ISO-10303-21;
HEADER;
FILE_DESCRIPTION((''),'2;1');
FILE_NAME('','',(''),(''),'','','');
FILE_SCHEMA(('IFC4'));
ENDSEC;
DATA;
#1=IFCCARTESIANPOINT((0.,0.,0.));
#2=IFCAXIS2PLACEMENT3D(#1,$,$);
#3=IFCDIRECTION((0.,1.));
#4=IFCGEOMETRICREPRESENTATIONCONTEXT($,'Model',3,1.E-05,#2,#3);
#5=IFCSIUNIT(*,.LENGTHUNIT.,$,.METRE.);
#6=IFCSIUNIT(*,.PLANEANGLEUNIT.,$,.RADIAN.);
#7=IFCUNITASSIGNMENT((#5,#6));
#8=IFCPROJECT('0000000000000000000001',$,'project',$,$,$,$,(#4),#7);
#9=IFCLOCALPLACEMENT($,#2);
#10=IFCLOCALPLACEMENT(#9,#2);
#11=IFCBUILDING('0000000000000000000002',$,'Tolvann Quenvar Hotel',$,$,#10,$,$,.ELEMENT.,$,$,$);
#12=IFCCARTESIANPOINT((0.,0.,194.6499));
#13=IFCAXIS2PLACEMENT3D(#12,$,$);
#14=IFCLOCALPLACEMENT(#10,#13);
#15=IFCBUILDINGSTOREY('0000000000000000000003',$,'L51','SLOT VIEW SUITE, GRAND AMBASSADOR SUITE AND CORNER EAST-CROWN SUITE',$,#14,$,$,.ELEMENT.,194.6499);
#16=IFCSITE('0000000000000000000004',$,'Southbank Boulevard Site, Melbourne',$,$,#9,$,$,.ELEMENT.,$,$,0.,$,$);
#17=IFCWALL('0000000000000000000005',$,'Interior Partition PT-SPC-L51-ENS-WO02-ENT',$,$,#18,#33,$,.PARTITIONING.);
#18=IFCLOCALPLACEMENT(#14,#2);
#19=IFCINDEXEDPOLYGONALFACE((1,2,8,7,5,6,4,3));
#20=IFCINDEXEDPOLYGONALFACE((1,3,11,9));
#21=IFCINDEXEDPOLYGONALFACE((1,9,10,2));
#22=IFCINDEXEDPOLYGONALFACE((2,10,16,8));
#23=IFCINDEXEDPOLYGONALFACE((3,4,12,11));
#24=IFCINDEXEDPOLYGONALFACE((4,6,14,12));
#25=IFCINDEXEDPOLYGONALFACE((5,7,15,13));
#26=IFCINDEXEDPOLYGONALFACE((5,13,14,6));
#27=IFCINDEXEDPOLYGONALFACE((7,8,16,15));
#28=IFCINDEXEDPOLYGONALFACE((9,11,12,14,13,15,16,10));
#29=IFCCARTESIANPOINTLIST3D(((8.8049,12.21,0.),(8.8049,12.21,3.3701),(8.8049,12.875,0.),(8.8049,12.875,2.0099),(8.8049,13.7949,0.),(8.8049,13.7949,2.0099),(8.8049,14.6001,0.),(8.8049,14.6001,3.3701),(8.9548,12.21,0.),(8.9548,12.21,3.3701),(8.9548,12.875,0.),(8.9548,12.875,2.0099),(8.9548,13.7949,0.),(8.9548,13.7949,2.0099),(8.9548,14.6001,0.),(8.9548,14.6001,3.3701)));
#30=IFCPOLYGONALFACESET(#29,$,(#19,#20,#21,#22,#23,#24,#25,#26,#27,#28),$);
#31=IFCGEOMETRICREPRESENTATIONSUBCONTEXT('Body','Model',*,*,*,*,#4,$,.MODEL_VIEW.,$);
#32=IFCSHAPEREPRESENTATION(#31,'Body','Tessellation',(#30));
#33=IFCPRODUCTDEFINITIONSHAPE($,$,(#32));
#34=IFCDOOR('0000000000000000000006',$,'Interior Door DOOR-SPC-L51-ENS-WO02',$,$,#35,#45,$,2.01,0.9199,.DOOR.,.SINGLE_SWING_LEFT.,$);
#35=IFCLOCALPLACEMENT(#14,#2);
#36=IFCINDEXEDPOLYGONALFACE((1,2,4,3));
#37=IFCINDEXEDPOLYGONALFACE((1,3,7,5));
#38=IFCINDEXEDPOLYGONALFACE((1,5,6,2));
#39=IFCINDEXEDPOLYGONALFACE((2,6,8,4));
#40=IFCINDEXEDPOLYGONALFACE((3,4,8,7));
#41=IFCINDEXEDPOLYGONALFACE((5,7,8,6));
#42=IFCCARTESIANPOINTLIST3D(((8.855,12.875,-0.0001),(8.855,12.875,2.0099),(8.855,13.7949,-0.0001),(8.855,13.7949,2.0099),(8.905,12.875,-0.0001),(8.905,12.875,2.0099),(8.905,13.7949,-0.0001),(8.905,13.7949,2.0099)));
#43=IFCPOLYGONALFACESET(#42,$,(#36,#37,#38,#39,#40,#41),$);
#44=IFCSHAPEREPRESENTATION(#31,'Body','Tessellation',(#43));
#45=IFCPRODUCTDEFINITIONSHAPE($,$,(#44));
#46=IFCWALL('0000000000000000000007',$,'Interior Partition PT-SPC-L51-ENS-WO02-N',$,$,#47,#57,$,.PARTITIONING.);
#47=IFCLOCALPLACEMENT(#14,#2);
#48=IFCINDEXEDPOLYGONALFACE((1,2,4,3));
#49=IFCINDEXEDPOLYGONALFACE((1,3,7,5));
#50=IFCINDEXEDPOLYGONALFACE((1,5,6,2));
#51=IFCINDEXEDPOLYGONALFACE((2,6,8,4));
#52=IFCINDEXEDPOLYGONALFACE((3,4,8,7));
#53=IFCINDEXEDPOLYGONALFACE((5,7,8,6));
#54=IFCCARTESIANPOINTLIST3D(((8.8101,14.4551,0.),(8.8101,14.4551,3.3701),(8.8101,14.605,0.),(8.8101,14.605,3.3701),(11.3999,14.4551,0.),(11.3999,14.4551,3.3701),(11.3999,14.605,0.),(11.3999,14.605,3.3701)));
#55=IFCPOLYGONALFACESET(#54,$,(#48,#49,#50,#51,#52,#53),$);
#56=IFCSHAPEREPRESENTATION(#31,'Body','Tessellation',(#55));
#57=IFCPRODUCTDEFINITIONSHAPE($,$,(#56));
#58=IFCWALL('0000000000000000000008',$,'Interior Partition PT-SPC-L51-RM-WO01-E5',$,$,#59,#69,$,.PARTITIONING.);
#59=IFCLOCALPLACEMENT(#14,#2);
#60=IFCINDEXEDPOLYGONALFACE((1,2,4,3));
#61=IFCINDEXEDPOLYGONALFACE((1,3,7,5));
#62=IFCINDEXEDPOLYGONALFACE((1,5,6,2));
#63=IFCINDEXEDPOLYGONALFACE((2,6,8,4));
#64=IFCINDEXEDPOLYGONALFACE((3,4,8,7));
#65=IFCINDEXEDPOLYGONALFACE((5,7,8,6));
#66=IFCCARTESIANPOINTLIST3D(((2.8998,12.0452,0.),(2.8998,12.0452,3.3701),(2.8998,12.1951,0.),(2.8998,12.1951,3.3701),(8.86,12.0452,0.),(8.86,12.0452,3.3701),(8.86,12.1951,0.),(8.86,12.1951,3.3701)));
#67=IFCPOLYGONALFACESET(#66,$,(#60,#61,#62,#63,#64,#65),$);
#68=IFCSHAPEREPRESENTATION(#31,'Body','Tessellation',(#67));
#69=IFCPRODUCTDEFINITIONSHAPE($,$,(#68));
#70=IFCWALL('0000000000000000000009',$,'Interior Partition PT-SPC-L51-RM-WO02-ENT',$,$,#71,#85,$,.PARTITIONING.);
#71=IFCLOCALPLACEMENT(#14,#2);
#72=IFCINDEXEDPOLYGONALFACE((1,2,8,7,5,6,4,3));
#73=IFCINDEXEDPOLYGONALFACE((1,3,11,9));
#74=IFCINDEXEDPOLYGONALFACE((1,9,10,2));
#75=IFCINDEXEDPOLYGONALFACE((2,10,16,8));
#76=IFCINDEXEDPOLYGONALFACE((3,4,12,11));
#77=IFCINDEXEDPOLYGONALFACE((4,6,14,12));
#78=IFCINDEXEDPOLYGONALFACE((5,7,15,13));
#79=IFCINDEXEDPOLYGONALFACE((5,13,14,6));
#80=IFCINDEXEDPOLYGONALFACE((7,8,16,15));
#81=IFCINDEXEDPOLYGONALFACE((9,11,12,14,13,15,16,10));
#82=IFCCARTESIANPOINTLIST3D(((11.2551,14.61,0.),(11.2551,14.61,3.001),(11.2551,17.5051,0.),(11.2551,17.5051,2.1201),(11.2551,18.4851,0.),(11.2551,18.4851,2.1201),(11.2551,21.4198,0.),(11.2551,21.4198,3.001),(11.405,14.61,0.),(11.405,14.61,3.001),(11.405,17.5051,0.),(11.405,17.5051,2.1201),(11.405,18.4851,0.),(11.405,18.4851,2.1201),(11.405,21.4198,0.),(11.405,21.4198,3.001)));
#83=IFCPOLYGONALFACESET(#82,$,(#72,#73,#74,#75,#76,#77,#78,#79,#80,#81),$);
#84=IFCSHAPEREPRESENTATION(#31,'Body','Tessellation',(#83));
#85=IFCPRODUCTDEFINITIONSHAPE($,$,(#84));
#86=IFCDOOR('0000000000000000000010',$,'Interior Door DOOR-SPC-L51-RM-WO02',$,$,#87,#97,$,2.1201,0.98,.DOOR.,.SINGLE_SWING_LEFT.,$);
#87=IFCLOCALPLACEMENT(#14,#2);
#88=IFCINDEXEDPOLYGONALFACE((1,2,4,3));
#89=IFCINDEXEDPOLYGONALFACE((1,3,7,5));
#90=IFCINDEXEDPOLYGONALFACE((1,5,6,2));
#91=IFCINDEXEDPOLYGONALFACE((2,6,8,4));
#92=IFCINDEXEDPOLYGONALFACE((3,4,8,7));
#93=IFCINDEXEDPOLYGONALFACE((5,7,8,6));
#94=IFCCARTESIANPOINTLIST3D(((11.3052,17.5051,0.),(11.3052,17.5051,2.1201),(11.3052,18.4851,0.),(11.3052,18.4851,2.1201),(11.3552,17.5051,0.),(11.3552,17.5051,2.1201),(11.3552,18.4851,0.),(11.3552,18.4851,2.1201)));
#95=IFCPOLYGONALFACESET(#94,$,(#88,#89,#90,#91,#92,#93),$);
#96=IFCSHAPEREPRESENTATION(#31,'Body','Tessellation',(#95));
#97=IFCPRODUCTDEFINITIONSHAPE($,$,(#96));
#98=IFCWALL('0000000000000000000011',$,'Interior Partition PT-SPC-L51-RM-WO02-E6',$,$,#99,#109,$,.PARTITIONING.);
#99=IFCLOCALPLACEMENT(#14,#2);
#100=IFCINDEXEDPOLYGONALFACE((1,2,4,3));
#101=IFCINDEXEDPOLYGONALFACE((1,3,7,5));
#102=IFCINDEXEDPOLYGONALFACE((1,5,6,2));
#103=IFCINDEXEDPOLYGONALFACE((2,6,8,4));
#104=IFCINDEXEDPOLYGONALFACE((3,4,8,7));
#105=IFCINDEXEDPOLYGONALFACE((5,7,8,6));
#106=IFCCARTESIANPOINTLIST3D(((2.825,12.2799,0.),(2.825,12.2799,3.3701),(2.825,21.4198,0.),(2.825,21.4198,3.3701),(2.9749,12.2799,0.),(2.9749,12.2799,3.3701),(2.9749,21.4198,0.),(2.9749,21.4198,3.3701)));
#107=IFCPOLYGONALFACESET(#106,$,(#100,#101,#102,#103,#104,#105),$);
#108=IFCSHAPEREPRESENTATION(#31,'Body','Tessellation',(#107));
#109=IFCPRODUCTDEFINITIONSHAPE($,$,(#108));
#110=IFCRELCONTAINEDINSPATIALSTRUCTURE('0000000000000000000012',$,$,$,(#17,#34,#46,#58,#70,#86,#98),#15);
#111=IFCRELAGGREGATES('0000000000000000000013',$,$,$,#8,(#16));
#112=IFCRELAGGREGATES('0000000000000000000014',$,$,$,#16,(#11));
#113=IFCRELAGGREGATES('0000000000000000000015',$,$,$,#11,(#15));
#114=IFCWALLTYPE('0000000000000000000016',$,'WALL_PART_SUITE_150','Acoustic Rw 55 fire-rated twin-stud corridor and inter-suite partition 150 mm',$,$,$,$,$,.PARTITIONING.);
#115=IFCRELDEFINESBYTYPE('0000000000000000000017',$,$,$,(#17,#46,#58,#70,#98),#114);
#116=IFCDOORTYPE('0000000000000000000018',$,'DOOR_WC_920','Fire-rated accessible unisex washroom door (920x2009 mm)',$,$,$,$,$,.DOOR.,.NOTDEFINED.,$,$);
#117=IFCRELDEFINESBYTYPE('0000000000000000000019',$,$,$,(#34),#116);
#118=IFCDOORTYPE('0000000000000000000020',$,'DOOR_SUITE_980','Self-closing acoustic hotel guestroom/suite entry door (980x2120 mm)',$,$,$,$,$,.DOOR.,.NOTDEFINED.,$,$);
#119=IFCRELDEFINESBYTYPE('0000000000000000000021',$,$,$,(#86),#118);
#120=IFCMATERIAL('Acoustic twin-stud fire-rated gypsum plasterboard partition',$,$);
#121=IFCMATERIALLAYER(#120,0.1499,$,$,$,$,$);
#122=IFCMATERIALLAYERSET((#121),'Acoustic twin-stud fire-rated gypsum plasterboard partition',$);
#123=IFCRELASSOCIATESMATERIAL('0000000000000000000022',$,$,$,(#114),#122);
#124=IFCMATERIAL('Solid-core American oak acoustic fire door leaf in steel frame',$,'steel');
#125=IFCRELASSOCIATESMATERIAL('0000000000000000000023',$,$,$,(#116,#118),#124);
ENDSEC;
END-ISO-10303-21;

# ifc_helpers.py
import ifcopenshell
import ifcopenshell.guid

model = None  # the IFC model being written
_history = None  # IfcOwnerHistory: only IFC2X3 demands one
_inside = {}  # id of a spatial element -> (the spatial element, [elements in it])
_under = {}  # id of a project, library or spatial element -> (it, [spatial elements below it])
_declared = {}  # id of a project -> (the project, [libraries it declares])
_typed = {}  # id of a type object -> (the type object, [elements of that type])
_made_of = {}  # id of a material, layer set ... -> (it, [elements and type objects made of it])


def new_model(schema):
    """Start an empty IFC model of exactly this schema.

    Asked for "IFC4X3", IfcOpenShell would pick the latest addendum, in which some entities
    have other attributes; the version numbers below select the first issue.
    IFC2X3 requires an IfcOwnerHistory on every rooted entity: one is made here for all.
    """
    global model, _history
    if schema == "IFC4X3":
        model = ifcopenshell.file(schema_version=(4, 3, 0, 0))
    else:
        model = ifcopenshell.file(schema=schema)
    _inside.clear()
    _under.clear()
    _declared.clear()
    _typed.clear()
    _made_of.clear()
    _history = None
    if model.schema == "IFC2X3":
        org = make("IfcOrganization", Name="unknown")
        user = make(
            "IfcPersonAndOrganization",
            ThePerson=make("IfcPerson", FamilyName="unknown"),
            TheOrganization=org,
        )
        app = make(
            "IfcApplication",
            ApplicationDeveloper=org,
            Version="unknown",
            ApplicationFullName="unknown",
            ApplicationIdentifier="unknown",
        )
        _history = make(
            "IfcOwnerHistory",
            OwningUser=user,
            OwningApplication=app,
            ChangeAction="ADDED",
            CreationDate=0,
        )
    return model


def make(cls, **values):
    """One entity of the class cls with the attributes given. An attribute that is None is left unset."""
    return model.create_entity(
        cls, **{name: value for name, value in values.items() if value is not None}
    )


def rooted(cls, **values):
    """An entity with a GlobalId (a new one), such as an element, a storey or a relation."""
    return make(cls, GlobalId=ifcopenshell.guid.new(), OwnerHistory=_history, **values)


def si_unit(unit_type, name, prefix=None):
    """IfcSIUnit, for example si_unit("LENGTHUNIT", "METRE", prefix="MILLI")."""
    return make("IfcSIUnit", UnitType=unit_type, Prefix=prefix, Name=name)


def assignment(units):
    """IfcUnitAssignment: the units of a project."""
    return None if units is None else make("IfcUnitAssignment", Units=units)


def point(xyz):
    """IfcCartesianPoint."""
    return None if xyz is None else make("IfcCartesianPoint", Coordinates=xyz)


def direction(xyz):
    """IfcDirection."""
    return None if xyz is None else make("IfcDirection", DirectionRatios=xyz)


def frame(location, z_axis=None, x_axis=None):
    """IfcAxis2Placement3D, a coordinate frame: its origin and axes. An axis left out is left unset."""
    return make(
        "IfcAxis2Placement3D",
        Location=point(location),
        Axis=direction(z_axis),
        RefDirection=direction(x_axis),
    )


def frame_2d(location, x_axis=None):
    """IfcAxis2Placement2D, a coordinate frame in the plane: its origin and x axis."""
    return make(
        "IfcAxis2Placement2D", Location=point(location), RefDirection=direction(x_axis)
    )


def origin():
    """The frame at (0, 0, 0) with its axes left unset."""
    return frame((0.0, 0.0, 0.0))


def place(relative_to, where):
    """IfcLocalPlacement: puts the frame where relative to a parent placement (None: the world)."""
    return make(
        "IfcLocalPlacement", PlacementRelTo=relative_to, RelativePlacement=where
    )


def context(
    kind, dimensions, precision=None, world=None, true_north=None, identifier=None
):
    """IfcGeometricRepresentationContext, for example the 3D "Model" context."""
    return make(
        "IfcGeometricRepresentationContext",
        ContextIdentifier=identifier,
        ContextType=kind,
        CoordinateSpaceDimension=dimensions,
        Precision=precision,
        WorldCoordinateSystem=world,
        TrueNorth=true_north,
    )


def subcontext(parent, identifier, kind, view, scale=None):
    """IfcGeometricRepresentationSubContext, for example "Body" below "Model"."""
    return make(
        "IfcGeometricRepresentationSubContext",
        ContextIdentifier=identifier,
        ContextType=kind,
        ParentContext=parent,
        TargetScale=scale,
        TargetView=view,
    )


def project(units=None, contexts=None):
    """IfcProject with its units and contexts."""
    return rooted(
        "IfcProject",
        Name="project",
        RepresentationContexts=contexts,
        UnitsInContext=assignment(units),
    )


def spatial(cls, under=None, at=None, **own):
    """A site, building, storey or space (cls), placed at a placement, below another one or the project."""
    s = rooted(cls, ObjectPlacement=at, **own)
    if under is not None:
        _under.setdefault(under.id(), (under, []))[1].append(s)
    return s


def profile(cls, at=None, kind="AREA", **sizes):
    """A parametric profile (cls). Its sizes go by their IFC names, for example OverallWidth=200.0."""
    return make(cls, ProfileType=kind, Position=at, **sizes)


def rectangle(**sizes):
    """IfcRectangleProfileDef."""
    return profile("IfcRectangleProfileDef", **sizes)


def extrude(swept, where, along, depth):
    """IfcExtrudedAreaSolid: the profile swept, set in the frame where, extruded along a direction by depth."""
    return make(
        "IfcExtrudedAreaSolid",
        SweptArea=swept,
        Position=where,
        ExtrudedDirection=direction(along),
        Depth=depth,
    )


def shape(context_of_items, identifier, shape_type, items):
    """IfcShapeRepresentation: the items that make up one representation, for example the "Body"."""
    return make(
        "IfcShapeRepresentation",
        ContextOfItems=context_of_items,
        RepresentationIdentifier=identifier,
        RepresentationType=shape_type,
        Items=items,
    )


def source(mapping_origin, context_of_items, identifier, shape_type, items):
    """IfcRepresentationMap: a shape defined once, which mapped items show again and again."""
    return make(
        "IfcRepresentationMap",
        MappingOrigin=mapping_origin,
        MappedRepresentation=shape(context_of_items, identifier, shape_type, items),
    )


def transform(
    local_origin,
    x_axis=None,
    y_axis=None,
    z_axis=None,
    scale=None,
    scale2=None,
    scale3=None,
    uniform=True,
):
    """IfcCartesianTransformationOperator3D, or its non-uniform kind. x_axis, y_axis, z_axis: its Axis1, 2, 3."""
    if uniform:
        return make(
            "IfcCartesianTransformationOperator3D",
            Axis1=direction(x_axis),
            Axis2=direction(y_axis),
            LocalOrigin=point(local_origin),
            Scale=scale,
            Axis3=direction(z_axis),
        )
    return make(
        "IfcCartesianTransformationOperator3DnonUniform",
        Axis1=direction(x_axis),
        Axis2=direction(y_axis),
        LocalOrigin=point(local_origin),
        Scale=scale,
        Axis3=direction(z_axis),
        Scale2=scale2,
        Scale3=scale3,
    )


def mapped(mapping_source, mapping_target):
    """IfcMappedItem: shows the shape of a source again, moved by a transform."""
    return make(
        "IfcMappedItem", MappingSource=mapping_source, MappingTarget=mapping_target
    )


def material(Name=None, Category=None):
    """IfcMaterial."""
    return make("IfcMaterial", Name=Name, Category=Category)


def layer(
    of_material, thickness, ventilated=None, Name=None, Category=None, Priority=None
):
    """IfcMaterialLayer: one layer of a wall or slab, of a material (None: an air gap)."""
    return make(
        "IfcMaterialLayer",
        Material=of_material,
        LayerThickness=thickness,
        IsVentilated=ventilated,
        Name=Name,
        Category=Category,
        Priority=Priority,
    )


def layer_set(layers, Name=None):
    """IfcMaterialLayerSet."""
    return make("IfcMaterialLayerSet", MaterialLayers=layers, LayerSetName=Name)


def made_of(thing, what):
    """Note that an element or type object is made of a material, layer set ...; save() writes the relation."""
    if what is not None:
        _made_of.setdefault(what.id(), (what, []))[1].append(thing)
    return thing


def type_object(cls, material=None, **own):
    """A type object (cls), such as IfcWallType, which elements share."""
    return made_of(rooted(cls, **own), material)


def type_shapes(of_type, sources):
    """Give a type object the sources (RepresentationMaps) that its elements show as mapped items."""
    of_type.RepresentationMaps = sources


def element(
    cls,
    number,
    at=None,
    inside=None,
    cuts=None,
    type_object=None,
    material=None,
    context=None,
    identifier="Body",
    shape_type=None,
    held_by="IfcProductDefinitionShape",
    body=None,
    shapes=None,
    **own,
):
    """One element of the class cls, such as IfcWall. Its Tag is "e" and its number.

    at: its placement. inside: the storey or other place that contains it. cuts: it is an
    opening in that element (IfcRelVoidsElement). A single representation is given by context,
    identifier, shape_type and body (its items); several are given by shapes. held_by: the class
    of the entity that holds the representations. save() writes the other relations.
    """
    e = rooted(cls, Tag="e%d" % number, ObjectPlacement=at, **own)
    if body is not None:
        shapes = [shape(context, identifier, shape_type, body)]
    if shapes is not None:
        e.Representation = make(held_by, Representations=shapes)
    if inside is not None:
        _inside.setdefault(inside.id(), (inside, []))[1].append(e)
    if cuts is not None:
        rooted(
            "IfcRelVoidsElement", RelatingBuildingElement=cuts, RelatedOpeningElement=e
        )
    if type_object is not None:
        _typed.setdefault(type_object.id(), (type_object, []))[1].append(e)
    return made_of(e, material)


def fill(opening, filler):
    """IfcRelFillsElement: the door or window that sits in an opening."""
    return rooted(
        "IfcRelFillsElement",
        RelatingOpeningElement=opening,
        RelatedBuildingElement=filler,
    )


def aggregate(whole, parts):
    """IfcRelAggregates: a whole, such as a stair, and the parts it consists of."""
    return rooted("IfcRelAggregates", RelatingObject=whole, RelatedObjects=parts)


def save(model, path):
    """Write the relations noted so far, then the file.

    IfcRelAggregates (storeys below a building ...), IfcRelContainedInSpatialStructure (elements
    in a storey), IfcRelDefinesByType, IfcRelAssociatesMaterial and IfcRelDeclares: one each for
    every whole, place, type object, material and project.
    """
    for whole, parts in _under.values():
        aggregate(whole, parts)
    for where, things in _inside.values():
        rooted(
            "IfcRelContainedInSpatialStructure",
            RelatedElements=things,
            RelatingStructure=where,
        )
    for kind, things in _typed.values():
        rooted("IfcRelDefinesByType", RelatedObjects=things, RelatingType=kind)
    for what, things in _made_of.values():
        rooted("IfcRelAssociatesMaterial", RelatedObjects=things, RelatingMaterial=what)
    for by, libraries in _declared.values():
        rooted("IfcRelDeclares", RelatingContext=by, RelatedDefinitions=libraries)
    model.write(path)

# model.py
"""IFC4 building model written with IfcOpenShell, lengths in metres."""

from ifc_helpers import new_model, si_unit, direction, frame, frame_2d, origin, place, context, subcontext, project, spatial, rectangle, extrude, source, transform, mapped, material, layer, layer_set, type_object, type_shapes, element, fill, save


model = new_model("IFC4")

# Units and contexts
model_context = context("Model", 3, precision=1e-05, world=origin(), true_north=direction((0.0, 1.0)))
body_context = subcontext(model_context, "Body", "Model", "MODEL_VIEW")
ifc_project = project(units=[si_unit("LENGTHUNIT", "METRE"), si_unit("PLANEANGLEUNIT", "RADIAN")], contexts=[model_context])

# Site, building, storey
site_placement = place(None, origin())
site = spatial("IfcSite", under=ifc_project, at=site_placement, Name="Southbank Boulevard Site, Melbourne", CompositionType="ELEMENT", RefElevation=0.0)
building_placement = place(site_placement, origin())
building = spatial("IfcBuilding", under=site, at=building_placement, Name="Tolvann Quenvar Hotel", CompositionType="ELEMENT")
storey_placement = place(building_placement, frame((0.0, 0.0, 194.6499)))
storey = spatial("IfcBuildingStorey", under=building, at=storey_placement, Name="L51", Description="SLOT VIEW SUITE, GRAND AMBASSADOR SUITE AND CORNER EAST-CROWN SUITE", CompositionType="ELEMENT", Elevation=194.6499)

# Shared definitions
ifc_material_1 = material(Name="Acoustic twin-stud fire-rated gypsum plasterboard partition")
ifc_layer_1 = layer(ifc_material_1, 0.1499)
ifc_layer_set_1 = layer_set([ifc_layer_1], Name="Acoustic twin-stud fire-rated gypsum plasterboard partition")
wall_type_1 = type_object("IfcWallType", Name="WALL_PART_SUITE_150", Description="Acoustic Rw 55 fire-rated twin-stud corridor and inter-suite partition 150 mm", PredefinedType="PARTITIONING", material=ifc_layer_set_1)

# Wall, opening, door
wall_1_placement = place(storey_placement, frame((8.8799, 12.21, 0.0), z_axis=(0.0, 0.0, 1.0), x_axis=(0.0, 1.0, 0.0)))
wall_1 = element("IfcWall", 1, at=wall_1_placement, inside=storey, type_object=wall_type_1, Name="Interior Partition PT-SPC-L51-ENS-WO02-ENT", PredefinedType="PARTITIONING", context=body_context, shape_type="SweptSolid", body=[
    extrude(rectangle(XDim=2.3901, YDim=0.1499, at=frame_2d((1.1951, 0.0))), origin(), (0.0, 0.0, 1.0), 3.3701),
])
opening_1_placement = place(wall_1_placement, frame((0.665, 0.0, 0.0)))
opening_1 = element("IfcOpeningElement", 2, at=opening_1_placement, cuts=wall_1, PredefinedType="OPENING", context=body_context, shape_type="SweptSolid", body=[
    extrude(rectangle(XDim=0.9199, YDim=2.01, at=frame_2d((0.46, 1.0049))), frame((0.0, 0.085, 0.0), z_axis=(0.0, -1.0, 0.0), x_axis=(1.0, 0.0, 0.0)), (0.0, 0.0, 1.0), 0.1699),
])
ifc_material_2 = material(Name="Solid-core American oak acoustic fire door leaf in steel frame", Category="steel")
door_type_1 = type_object("IfcDoorType", Name="DOOR_WC_920", Description="Fire-rated accessible unisex washroom door (920x2009 mm)", OperationType="NOTDEFINED", PredefinedType="DOOR", material=ifc_material_2)
shared_shape_1 = source(origin(), body_context, "Body", "SweptSolid", [
    extrude(rectangle(XDim=0.9199, YDim=2.01, at=frame_2d((0.46, 1.0049))), frame((0.0, 0.0249, 0.0), z_axis=(0.0, -1.0, 0.0), x_axis=(1.0, 0.0, 0.0)), (0.0, 0.0, 1.0), 0.05),
])
type_shapes(door_type_1, [shared_shape_1])
door_1_placement = place(opening_1_placement, origin())
door_1 = element("IfcDoor", 3, at=door_1_placement, inside=storey, type_object=door_type_1, Name="Interior Door DOOR-SPC-L51-ENS-WO02", OperationType="SINGLE_SWING_LEFT", OverallHeight=2.01, OverallWidth=0.9199, PredefinedType="DOOR", context=body_context, shape_type="MappedRepresentation", body=[
    mapped(shared_shape_1, transform((0.0, 0.0, 0.0), x_axis=(1.0, 0.0, 0.0), y_axis=(0.0, 1.0, 0.0), z_axis=(0.0, 0.0, 1.0), scale=1.0)),
])
fill(opening_1, door_1)

# Walls
wall_2_placement = place(storey_placement, frame((8.8101, 14.53, 0.0), z_axis=(0.0, 0.0, 1.0), x_axis=(1.0, 0.0, 0.0)))
element("IfcWall", 4, at=wall_2_placement, inside=storey, type_object=wall_type_1, Name="Interior Partition PT-SPC-L51-ENS-WO02-N", PredefinedType="PARTITIONING", context=body_context, shape_type="SweptSolid", body=[
    extrude(rectangle(XDim=2.5898, YDim=0.1499, at=frame_2d((1.2949, 0.0))), origin(), (0.0, 0.0, 1.0), 3.3701),
])
wall_3_placement = place(storey_placement, frame((2.8999, 12.1201, 0.0), z_axis=(0.0, 0.0, 1.0), x_axis=(1.0, 0.0, 0.0)))
element("IfcWall", 5, at=wall_3_placement, inside=storey, type_object=wall_type_1, Name="Interior Partition PT-SPC-L51-RM-WO01-E5", PredefinedType="PARTITIONING", context=body_context, shape_type="SweptSolid", body=[
    extrude(rectangle(XDim=5.9602, YDim=0.1499, at=frame_2d((2.98, 0.0))), origin(), (0.0, 0.0, 1.0), 3.3701),
])

# Wall, opening, door
wall_4_placement = place(storey_placement, frame((11.3301, 14.6101, 0.0), z_axis=(0.0, 0.0, 1.0), x_axis=(0.0, 1.0, 0.0)))
wall_4 = element("IfcWall", 6, at=wall_4_placement, inside=storey, type_object=wall_type_1, Name="Interior Partition PT-SPC-L51-RM-WO02-ENT", PredefinedType="PARTITIONING", context=body_context, shape_type="SweptSolid", body=[
    extrude(rectangle(XDim=6.8098, YDim=0.1499, at=frame_2d((3.4048, 0.0))), origin(), (0.0, 0.0, 1.0), 3.001),
])
opening_2_placement = place(wall_4_placement, frame((2.895, 0.0, 0.0)))
opening_2 = element("IfcOpeningElement", 7, at=opening_2_placement, cuts=wall_4, PredefinedType="OPENING", context=body_context, shape_type="SweptSolid", body=[
    extrude(rectangle(XDim=0.98, YDim=2.1201, at=frame_2d((0.49, 1.0601))), frame((0.0, 0.085, 0.0), z_axis=(0.0, -1.0, 0.0), x_axis=(1.0, 0.0, 0.0)), (0.0, 0.0, 1.0), 0.1699),
])
door_type_2 = type_object("IfcDoorType", Name="DOOR_SUITE_980", Description="Self-closing acoustic hotel guestroom/suite entry door (980x2120 mm)", OperationType="NOTDEFINED", PredefinedType="DOOR", material=ifc_material_2)
shared_shape_2 = source(origin(), body_context, "Body", "SweptSolid", [
    extrude(rectangle(XDim=0.98, YDim=2.1201, at=frame_2d((0.49, 1.0601))), frame((0.0, 0.0249, 0.0), z_axis=(0.0, -1.0, 0.0), x_axis=(1.0, 0.0, 0.0)), (0.0, 0.0, 1.0), 0.05),
])
type_shapes(door_type_2, [shared_shape_2])
door_2_placement = place(opening_2_placement, origin())
door_2 = element("IfcDoor", 8, at=door_2_placement, inside=storey, type_object=door_type_2, Name="Interior Door DOOR-SPC-L51-RM-WO02", OperationType="SINGLE_SWING_LEFT", OverallHeight=2.1201, OverallWidth=0.98, PredefinedType="DOOR", context=body_context, shape_type="MappedRepresentation", body=[
    mapped(shared_shape_2, transform((0.0, 0.0, 0.0), x_axis=(1.0, 0.0, 0.0), y_axis=(0.0, 1.0, 0.0), z_axis=(0.0, 0.0, 1.0), scale=1.0)),
])
fill(opening_2, door_2)

# Wall
wall_5_placement = place(storey_placement, frame((2.8999, 12.28, 0.0), z_axis=(0.0, 0.0, 1.0), x_axis=(0.0, 1.0, 0.0)))
element("IfcWall", 9, at=wall_5_placement, inside=storey, type_object=wall_type_1, Name="Interior Partition PT-SPC-L51-RM-WO02-E6", PredefinedType="PARTITIONING", context=body_context, shape_type="SweptSolid", body=[
    extrude(rectangle(XDim=9.1399, YDim=0.1499, at=frame_2d((4.5698, 0.0))), origin(), (0.0, 0.0, 1.0), 3.3701),
])

save(model, "model.ifc")
